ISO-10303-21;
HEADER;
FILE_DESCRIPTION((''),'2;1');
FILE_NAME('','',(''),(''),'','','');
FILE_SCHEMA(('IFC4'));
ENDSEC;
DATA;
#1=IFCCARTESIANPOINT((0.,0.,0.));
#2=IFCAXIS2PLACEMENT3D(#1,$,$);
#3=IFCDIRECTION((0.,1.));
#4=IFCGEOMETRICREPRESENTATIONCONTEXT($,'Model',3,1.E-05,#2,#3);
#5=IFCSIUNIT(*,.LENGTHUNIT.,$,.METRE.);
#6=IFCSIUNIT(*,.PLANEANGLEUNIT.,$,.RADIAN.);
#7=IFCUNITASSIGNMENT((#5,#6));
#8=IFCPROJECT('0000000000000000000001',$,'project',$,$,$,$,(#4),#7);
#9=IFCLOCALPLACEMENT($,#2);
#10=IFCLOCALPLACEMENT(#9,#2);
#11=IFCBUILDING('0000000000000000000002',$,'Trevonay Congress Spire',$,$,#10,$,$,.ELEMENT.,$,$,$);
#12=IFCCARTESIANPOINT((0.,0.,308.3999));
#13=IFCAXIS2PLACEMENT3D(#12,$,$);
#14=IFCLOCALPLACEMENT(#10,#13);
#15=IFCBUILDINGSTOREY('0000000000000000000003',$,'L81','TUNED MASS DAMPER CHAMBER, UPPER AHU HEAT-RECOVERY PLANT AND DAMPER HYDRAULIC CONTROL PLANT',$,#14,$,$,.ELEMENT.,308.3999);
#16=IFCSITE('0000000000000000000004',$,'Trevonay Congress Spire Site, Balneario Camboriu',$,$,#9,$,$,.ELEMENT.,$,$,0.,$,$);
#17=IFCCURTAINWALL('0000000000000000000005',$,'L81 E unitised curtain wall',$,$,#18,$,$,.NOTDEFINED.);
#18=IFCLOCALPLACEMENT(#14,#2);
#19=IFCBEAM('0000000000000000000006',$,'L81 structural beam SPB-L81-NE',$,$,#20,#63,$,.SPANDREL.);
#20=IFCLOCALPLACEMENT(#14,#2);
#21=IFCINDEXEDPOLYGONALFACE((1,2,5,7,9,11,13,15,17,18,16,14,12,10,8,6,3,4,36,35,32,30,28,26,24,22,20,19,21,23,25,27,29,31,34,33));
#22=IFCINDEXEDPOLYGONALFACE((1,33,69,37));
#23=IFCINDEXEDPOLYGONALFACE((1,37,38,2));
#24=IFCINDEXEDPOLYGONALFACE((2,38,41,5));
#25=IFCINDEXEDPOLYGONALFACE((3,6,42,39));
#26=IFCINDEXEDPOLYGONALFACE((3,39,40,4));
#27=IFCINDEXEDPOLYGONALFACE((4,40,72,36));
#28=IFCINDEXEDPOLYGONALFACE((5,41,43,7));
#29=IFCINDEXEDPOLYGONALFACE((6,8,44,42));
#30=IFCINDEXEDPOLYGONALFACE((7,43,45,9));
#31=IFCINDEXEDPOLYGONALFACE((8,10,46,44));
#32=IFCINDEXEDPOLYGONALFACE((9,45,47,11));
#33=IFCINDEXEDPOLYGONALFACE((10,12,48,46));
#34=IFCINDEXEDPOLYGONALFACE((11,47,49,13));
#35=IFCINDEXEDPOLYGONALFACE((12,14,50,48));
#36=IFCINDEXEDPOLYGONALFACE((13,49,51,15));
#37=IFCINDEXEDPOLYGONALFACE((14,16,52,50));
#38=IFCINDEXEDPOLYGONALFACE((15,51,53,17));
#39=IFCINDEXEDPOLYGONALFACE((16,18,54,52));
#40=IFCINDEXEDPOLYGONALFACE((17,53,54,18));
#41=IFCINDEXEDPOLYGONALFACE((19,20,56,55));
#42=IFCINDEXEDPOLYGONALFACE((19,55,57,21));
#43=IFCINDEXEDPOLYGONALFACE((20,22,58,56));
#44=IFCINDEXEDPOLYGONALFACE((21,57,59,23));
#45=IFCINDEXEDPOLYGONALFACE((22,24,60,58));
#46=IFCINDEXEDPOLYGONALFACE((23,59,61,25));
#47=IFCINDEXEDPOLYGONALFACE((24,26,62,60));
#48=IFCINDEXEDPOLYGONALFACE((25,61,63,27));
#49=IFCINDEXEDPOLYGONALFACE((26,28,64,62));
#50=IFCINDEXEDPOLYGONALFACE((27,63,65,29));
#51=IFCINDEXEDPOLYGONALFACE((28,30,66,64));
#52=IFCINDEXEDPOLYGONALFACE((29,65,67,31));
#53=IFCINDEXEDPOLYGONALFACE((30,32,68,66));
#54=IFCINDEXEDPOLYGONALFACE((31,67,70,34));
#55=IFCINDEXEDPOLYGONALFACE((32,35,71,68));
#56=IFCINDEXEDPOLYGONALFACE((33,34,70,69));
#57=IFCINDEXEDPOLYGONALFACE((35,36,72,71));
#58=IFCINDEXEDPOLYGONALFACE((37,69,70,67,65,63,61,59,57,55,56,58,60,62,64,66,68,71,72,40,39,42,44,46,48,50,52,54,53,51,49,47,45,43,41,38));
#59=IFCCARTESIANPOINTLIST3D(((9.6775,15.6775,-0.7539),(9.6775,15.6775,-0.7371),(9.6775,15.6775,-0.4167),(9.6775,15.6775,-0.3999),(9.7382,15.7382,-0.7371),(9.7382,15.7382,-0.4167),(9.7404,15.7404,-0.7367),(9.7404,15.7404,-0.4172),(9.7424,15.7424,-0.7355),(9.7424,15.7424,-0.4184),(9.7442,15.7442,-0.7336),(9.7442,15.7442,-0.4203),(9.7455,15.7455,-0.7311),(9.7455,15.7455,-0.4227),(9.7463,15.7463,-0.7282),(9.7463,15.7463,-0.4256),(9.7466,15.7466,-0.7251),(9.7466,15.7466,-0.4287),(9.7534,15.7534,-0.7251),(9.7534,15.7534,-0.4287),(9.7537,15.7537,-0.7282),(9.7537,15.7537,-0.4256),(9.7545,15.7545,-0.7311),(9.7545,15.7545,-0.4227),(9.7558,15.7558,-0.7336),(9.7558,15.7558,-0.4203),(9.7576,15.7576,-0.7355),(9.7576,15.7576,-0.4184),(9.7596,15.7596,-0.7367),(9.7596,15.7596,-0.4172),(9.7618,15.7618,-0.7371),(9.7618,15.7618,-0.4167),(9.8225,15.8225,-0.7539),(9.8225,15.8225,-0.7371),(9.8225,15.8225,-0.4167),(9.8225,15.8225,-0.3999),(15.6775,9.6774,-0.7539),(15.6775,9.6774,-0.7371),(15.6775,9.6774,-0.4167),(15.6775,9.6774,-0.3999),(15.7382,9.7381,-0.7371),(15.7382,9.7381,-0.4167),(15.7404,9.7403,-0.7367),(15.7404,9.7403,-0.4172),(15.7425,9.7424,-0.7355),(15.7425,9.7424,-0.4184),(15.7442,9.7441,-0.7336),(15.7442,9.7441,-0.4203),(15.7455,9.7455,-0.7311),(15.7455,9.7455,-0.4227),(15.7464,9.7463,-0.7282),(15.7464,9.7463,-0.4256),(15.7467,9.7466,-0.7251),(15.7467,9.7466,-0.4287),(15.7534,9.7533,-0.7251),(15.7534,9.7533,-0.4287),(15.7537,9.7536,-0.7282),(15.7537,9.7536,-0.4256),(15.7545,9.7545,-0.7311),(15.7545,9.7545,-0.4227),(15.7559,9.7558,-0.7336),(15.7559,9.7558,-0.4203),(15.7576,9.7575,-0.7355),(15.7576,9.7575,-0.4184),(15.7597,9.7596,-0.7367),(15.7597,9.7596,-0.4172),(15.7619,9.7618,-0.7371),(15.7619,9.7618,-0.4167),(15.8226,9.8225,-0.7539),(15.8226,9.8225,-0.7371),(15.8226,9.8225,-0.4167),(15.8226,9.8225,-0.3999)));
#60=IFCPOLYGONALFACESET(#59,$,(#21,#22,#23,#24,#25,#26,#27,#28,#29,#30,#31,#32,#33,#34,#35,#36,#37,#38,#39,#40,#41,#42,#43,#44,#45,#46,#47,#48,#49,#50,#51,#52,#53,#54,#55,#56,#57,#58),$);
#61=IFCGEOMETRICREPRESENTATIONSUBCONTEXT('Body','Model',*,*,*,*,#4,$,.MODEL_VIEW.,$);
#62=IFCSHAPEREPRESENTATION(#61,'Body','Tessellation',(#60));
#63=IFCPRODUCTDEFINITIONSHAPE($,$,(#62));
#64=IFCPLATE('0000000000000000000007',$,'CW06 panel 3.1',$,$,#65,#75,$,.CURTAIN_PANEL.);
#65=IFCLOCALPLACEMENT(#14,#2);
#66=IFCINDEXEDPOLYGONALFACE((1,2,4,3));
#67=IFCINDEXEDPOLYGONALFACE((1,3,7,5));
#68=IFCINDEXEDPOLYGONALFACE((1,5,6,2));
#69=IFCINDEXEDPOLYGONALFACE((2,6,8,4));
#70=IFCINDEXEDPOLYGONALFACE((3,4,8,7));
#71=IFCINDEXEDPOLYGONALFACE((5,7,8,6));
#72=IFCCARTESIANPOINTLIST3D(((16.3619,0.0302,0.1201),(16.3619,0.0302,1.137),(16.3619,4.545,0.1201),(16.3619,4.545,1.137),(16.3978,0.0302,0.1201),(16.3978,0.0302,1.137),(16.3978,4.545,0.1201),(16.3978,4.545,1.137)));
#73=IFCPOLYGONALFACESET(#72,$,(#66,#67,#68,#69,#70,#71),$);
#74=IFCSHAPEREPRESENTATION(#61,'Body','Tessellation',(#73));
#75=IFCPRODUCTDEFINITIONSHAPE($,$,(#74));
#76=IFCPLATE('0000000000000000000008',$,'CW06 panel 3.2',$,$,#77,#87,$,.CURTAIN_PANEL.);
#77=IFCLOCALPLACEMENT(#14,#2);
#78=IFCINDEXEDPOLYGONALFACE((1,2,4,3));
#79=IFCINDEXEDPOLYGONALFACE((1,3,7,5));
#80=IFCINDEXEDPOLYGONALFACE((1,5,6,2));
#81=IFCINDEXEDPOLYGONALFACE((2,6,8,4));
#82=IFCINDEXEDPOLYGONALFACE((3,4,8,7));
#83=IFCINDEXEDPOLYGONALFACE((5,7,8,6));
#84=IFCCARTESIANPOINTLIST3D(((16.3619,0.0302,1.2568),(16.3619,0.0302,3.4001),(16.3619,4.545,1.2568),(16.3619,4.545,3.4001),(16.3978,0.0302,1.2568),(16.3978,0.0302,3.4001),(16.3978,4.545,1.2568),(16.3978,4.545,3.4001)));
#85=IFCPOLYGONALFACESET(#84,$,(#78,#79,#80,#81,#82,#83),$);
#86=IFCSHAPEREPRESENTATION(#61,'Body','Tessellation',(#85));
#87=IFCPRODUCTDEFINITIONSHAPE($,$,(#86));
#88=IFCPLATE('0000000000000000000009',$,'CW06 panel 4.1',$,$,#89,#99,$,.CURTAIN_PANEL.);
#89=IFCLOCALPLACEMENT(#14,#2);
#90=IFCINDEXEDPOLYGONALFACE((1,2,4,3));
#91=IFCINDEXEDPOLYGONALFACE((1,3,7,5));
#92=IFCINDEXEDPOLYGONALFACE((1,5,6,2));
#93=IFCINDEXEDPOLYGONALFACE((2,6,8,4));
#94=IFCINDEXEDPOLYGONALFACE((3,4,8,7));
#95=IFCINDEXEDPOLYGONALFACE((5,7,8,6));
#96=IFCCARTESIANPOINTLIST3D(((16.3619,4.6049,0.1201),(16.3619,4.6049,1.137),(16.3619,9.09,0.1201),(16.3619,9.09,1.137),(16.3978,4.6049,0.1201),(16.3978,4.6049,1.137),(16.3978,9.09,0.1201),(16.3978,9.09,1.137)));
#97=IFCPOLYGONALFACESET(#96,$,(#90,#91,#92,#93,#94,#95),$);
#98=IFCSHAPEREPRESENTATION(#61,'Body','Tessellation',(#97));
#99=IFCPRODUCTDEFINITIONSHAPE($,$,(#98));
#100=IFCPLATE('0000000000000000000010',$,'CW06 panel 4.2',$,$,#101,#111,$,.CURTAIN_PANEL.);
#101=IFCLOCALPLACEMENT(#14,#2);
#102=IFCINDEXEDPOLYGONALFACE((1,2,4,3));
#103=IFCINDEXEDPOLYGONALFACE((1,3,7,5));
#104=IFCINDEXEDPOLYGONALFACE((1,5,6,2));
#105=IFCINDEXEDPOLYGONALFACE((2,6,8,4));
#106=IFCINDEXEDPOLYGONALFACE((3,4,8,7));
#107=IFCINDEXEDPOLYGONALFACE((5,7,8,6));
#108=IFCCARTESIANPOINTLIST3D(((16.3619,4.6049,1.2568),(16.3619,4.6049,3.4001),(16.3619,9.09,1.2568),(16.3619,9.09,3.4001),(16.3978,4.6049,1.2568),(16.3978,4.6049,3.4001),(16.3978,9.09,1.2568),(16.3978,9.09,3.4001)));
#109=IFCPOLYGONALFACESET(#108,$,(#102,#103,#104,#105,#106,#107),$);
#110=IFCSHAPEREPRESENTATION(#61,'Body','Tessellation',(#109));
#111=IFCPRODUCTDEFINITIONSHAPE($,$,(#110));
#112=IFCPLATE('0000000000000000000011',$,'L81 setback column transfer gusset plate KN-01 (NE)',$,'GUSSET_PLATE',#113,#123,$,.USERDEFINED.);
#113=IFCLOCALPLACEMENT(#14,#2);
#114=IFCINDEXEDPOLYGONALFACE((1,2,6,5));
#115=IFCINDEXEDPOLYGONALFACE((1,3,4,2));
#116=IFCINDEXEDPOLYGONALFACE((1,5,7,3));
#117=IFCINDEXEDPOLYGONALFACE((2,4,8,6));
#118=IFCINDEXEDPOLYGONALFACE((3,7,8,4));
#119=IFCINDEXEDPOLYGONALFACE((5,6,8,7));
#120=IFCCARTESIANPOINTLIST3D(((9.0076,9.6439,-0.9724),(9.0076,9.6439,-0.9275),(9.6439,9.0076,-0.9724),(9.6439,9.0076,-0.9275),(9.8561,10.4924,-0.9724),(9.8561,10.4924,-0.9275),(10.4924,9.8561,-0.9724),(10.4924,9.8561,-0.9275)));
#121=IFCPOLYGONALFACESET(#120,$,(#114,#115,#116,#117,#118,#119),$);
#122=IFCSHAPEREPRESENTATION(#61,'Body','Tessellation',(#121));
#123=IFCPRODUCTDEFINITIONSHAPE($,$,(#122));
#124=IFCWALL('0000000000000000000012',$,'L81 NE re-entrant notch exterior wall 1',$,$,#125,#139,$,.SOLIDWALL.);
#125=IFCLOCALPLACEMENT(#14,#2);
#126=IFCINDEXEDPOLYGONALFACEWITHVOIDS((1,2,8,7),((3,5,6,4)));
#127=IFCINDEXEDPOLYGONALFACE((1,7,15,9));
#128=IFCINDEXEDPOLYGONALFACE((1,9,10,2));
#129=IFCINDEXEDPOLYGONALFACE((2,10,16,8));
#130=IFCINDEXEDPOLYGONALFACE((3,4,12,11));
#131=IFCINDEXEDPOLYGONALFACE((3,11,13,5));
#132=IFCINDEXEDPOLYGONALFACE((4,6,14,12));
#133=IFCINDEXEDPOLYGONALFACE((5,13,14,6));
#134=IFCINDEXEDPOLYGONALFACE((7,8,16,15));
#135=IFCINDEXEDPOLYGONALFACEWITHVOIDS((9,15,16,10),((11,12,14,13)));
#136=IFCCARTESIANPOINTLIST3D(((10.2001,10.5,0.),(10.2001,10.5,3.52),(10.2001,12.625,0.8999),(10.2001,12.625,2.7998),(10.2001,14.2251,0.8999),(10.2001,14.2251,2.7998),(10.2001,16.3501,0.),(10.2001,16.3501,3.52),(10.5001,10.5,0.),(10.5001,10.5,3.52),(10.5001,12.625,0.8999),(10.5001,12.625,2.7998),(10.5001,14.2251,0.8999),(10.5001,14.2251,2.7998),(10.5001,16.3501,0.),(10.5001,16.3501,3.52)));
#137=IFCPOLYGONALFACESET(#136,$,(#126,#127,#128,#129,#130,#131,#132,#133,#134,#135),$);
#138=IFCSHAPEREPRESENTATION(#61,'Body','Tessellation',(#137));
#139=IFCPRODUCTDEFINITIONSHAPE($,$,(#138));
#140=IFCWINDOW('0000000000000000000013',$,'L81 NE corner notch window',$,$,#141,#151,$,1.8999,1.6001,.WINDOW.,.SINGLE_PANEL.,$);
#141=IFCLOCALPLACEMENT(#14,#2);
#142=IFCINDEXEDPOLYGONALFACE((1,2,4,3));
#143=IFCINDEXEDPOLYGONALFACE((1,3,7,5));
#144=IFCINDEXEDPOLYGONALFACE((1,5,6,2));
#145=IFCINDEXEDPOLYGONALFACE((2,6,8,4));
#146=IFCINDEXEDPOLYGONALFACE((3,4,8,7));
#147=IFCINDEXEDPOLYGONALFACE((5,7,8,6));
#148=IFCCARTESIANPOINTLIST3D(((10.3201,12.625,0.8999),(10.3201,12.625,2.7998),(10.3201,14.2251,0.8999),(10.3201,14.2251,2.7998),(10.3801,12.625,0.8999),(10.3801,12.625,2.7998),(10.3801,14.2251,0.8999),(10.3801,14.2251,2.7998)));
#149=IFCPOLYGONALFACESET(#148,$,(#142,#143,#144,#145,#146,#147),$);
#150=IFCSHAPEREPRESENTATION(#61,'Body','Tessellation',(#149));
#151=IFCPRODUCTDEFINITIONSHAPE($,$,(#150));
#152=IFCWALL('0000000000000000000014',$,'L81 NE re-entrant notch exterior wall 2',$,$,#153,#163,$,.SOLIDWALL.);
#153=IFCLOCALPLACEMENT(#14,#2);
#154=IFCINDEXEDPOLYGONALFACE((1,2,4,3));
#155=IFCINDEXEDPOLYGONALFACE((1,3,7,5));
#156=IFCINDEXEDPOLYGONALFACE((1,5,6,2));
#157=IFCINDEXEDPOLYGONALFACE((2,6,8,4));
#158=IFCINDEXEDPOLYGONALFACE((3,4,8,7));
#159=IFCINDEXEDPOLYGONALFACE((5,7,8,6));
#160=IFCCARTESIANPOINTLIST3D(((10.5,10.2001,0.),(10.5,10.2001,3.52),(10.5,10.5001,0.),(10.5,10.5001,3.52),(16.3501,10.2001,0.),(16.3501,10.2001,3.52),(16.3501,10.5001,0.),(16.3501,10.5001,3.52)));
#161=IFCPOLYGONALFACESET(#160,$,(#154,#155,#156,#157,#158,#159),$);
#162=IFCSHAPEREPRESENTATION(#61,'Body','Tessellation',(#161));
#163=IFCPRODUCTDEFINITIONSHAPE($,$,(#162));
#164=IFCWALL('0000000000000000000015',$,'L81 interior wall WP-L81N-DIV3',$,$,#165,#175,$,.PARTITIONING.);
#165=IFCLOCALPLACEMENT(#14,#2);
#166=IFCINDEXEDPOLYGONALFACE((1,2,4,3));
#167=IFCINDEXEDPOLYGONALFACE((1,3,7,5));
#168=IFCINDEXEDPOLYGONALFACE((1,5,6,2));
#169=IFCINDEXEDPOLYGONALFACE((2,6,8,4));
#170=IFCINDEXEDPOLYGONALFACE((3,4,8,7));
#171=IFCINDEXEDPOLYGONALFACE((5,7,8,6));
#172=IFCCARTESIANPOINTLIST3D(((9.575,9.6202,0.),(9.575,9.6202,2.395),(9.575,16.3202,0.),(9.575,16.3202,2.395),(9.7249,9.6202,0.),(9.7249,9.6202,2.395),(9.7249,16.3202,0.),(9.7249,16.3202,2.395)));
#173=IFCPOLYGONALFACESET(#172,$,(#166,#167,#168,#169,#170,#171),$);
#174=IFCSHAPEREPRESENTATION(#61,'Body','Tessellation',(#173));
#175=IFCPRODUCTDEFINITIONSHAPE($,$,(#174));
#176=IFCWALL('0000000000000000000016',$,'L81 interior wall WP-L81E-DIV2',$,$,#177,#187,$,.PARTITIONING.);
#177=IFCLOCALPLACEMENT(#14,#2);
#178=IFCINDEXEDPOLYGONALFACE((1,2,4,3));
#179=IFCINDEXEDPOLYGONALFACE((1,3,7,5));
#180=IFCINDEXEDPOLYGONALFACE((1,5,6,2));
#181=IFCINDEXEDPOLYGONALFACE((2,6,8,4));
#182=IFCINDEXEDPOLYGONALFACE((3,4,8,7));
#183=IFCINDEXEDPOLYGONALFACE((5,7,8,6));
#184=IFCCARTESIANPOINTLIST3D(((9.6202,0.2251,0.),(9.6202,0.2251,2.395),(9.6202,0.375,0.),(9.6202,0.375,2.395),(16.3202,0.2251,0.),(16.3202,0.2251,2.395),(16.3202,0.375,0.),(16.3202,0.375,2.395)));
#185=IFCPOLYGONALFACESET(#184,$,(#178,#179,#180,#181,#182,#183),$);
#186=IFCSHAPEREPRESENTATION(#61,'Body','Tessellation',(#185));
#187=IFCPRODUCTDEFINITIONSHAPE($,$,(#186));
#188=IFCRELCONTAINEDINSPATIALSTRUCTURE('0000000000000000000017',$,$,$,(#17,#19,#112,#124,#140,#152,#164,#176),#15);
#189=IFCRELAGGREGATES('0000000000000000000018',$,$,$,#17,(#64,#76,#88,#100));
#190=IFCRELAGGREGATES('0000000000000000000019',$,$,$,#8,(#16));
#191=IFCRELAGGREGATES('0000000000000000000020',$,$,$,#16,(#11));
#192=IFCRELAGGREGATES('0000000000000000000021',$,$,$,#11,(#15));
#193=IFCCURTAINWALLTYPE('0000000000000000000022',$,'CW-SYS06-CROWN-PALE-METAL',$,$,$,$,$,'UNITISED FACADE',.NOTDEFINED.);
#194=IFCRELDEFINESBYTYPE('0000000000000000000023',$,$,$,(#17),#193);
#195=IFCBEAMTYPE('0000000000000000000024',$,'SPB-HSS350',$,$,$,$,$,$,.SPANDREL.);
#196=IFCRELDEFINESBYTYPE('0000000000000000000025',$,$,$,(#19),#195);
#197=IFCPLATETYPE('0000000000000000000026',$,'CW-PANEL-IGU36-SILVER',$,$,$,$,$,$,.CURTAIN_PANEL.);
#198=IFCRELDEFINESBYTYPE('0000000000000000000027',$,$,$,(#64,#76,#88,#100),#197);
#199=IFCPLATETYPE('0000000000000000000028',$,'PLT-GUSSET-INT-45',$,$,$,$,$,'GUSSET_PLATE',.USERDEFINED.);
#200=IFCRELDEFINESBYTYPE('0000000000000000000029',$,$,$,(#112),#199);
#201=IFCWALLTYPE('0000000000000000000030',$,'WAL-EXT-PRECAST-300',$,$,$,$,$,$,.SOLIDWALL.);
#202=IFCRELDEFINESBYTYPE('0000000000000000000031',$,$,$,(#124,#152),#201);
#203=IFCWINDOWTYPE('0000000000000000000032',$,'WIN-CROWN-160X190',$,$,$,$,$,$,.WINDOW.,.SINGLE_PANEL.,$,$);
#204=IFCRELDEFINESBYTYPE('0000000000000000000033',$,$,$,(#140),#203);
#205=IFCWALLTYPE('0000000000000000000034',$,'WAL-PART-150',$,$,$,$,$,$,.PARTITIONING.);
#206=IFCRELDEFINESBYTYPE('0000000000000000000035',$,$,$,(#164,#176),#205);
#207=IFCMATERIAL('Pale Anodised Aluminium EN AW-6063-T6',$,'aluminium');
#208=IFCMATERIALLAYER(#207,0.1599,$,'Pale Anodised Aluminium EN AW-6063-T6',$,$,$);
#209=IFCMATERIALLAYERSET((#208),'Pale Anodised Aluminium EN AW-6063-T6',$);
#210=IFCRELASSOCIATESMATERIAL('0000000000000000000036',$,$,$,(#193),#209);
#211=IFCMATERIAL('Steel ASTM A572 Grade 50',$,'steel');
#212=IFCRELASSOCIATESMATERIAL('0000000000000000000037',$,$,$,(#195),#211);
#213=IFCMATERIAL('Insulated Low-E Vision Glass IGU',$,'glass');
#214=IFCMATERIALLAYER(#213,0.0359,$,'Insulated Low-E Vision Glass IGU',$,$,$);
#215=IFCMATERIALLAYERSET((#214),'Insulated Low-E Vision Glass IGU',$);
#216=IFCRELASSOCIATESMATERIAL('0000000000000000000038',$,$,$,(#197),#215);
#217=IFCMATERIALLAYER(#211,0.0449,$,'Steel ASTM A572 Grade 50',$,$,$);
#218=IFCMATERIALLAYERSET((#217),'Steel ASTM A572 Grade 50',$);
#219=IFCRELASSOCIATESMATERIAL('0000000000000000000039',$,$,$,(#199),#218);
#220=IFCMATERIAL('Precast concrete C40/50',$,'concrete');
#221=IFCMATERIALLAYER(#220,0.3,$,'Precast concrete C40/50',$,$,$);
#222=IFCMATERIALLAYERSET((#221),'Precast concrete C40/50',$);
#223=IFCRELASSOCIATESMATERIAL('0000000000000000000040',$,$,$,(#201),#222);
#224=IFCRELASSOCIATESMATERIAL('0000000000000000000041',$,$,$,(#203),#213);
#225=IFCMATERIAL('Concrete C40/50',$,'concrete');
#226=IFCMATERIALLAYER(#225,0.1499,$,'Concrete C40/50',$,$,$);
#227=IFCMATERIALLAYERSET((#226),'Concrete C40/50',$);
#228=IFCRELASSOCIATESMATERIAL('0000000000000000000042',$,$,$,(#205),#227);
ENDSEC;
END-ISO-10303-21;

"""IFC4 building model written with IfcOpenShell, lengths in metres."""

from ifc_helpers import new_model, si_unit, direction, frame, frame_2d, origin, origin_2d, place, context, subcontext, project, spatial, rectangle, i_section, extrude, material, layer, layer_set, material_profile, profile_set, type_object, element, fill, aggregate, save


model = new_model("IFC4")

# Units and contexts
model_context = context("Model", 3, precision=1e-05, world=origin(), true_north=direction((0.0, 1.0)))
body_context = subcontext(model_context, "Body", "Model", "MODEL_VIEW")
ifc_project = project(units=[si_unit("LENGTHUNIT", "METRE"), si_unit("PLANEANGLEUNIT", "RADIAN")], contexts=[model_context])

# Site, building, storey
site_placement = place(None, origin())
site = spatial("IfcSite", under=ifc_project, at=site_placement, Name="Trevonay Congress Spire Site, Balneario Camboriu", CompositionType="ELEMENT", RefElevation=0.0)
building_placement = place(site_placement, origin())
building = spatial("IfcBuilding", under=site, at=building_placement, Name="Trevonay Congress Spire", CompositionType="ELEMENT")
storey_placement = place(building_placement, frame((0.0, 0.0, 308.3999)))
storey = spatial("IfcBuildingStorey", under=building, at=storey_placement, Name="L81", Description="TUNED MASS DAMPER CHAMBER, UPPER AHU HEAT-RECOVERY PLANT AND DAMPER HYDRAULIC CONTROL PLANT", CompositionType="ELEMENT", Elevation=308.3999)

# Shared definitions
ifc_material_1 = material(Name="Steel ASTM A572 Grade 50", Category="steel")

# Shared definitions
ifc_material_2 = material(Name="Pale Anodised Aluminium EN AW-6063-T6", Category="aluminium")
ifc_layer_1 = layer(ifc_material_2, 0.1599, Name="Pale Anodised Aluminium EN AW-6063-T6")
ifc_layer_set_1 = layer_set([ifc_layer_1], Name="Pale Anodised Aluminium EN AW-6063-T6")
curtain_wall_type = type_object("IfcCurtainWallType", Name="CW-SYS06-CROWN-PALE-METAL", ElementType="UNITISED FACADE", PredefinedType="NOTDEFINED", material=ifc_layer_set_1)

# Curtain wall
curtain_wall_1_placement = place(storey_placement, origin())
curtain_wall_1 = element("IfcCurtainWall", 1, at=curtain_wall_1_placement, inside=storey, type_object=curtain_wall_type, Name="L81 E unitised curtain wall", PredefinedType="NOTDEFINED")

# Beam
ifc_material_profile_1 = material_profile(ifc_material_1, i_section(OverallWidth=0.2051, OverallDepth=0.354, WebThickness=0.0095, FlangeThickness=0.0168, FilletRadius=0.012, at=origin_2d()), Name="W360x79")
ifc_profile_set_1 = profile_set([ifc_material_profile_1], Name="Steel ASTM A572 Grade 50")
beam_type_1 = type_object("IfcBeamType", Name="SPB-HSS350", PredefinedType="SPANDREL", material=ifc_profile_set_1)
beam_1_placement = place(storey_placement, frame((9.75, 15.75, -0.5769), z_axis=(0.707107, -0.707107, 0.0), x_axis=(0.707107, 0.707107, 0.0)))
element("IfcBeam", 2, at=beam_1_placement, inside=storey, type_object=beam_type_1, Name="L81 structural beam SPB-L81-NE", PredefinedType="SPANDREL", context=body_context, shape_type="SweptSolid", body=[
    extrude(i_section(OverallWidth=0.2051, OverallDepth=0.354, WebThickness=0.0095, FlangeThickness=0.0168, FilletRadius=0.012, at=origin_2d()), origin(), (0.0, 0.0, 1.0), 8.4854),
])

# Plates
ifc_material_3 = material(Name="Insulated Low-E Vision Glass IGU", Category="glass")
ifc_layer_2 = layer(ifc_material_3, 0.0359, Name="Insulated Low-E Vision Glass IGU")
ifc_layer_set_2 = layer_set([ifc_layer_2], Name="Insulated Low-E Vision Glass IGU")
plate_type_1 = type_object("IfcPlateType", Name="CW-PANEL-IGU36-SILVER", PredefinedType="CURTAIN_PANEL", material=ifc_layer_set_2)
plate_1_placement = place(storey_placement, frame((16.3799, 2.2876, 0.1201), z_axis=(0.0, 0.0, 1.0), x_axis=(0.0, 1.0, 0.0)))
plate_1 = element("IfcPlate", 3, at=plate_1_placement, type_object=plate_type_1, Name="CW06 panel 3.1", PredefinedType="CURTAIN_PANEL", context=body_context, shape_type="SweptSolid", body=[
    extrude(rectangle(XDim=4.5149, YDim=0.0359, at=origin_2d()), origin(), (0.0, 0.0, 1.0), 1.0168),
])
plate_2_placement = place(storey_placement, frame((16.3799, 2.2876, 1.2568), z_axis=(0.0, 0.0, 1.0), x_axis=(0.0, 1.0, 0.0)))
plate_2 = element("IfcPlate", 4, at=plate_2_placement, type_object=plate_type_1, Name="CW06 panel 3.2", PredefinedType="CURTAIN_PANEL", context=body_context, shape_type="SweptSolid", body=[
    extrude(rectangle(XDim=4.5149, YDim=0.0359, at=origin_2d()), origin(), (0.0, 0.0, 1.0), 2.1433),
])
plate_3_placement = place(storey_placement, frame((16.3799, 6.8474, 0.1201), z_axis=(0.0, 0.0, 1.0), x_axis=(0.0, 1.0, 0.0)))
plate_3 = element("IfcPlate", 5, at=plate_3_placement, type_object=plate_type_1, Name="CW06 panel 4.1", PredefinedType="CURTAIN_PANEL", context=body_context, shape_type="SweptSolid", body=[
    extrude(rectangle(XDim=4.4851, YDim=0.0359, at=origin_2d()), origin(), (0.0, 0.0, 1.0), 1.0168),
])
plate_4_placement = place(storey_placement, frame((16.3799, 6.8474, 1.2568), z_axis=(0.0, 0.0, 1.0), x_axis=(0.0, 1.0, 0.0)))
plate_4 = element("IfcPlate", 6, at=plate_4_placement, type_object=plate_type_1, Name="CW06 panel 4.2", PredefinedType="CURTAIN_PANEL", context=body_context, shape_type="SweptSolid", body=[
    extrude(rectangle(XDim=4.4851, YDim=0.0359, at=origin_2d()), origin(), (0.0, 0.0, 1.0), 2.1433),
])
aggregate(curtain_wall_1, [plate_1, plate_2, plate_3, plate_4])
ifc_layer_3 = layer(ifc_material_1, 0.0449, Name="Steel ASTM A572 Grade 50")
ifc_layer_set_3 = layer_set([ifc_layer_3], Name="Steel ASTM A572 Grade 50")
plate_type_2 = type_object("IfcPlateType", Name="PLT-GUSSET-INT-45", ElementType="GUSSET_PLATE", PredefinedType="USERDEFINED", material=ifc_layer_set_3)
plate_5_placement = place(storey_placement, frame((9.75, 9.75, -0.9724), z_axis=(0.0, 0.0, 1.0), x_axis=(0.707107, 0.707107, 0.0)))
element("IfcPlate", 7, at=plate_5_placement, inside=storey, type_object=plate_type_2, Name="L81 setback column transfer gusset plate KN-01 (NE)", ObjectType="GUSSET_PLATE", PredefinedType="USERDEFINED", context=body_context, shape_type="SweptSolid", body=[
    extrude(rectangle(XDim=1.2, YDim=0.8999, at=origin_2d()), origin(), (0.0, 0.0, 1.0), 0.0449),
])

# Wall, opening, window
ifc_material_4 = material(Name="Precast concrete C40/50", Category="concrete")
ifc_layer_4 = layer(ifc_material_4, 0.3, Name="Precast concrete C40/50")
ifc_layer_set_4 = layer_set([ifc_layer_4], Name="Precast concrete C40/50")
wall_type_1 = type_object("IfcWallType", Name="WAL-EXT-PRECAST-300", PredefinedType="SOLIDWALL", material=ifc_layer_set_4)
wall_1_placement = place(storey_placement, frame((10.3501, 16.3501, 0.0), z_axis=(0.0, 0.0, 1.0), x_axis=(0.0, -1.0, 0.0)))
wall_1 = element("IfcWall", 8, at=wall_1_placement, inside=storey, type_object=wall_type_1, Name="L81 NE re-entrant notch exterior wall 1", PredefinedType="SOLIDWALL", context=body_context, shape_type="SweptSolid", body=[
    extrude(rectangle(XDim=5.8501, YDim=0.3, at=frame_2d((2.925, 0.0))), origin(), (0.0, 0.0, 1.0), 3.52),
])
opening_placement = place(wall_1_placement, frame((2.125, 0.0, 0.8999)))
opening = element("IfcOpeningElement", 9, at=opening_placement, cuts=wall_1, PredefinedType="OPENING", context=body_context, shape_type="SweptSolid", body=[
    extrude(rectangle(XDim=1.6001, YDim=1.8999, at=frame_2d((0.8, 0.95))), frame((0.0, 0.1602, 0.0), z_axis=(0.0, -1.0, 0.0), x_axis=(1.0, 0.0, 0.0)), (0.0, 0.0, 1.0), 0.3201),
])
window_type = type_object("IfcWindowType", Name="WIN-CROWN-160X190", PartitioningType="SINGLE_PANEL", PredefinedType="WINDOW", material=ifc_material_3)
window_placement = place(opening_placement, origin())
window = element("IfcWindow", 10, at=window_placement, inside=storey, type_object=window_type, Name="L81 NE corner notch window", OverallHeight=1.8999, OverallWidth=1.6001, PartitioningType="SINGLE_PANEL", PredefinedType="WINDOW", context=body_context, shape_type="SweptSolid", body=[
    extrude(rectangle(XDim=1.6001, YDim=1.8999, at=frame_2d((0.8, 0.95))), frame((0.0, 0.03, 0.0), z_axis=(0.0, -1.0, 0.0), x_axis=(1.0, 0.0, 0.0)), (0.0, 0.0, 1.0), 0.0601),
])
fill(opening, window)

# Walls
wall_2_placement = place(storey_placement, frame((16.3501, 10.3501, 0.0), z_axis=(0.0, 0.0, 1.0), x_axis=(-1.0, 0.0, 0.0)))
element("IfcWall", 11, at=wall_2_placement, inside=storey, type_object=wall_type_1, Name="L81 NE re-entrant notch exterior wall 2", PredefinedType="SOLIDWALL", context=body_context, shape_type="SweptSolid", body=[
    extrude(rectangle(XDim=5.8501, YDim=0.3, at=frame_2d((2.925, 0.0))), origin(), (0.0, 0.0, 1.0), 3.52),
])
ifc_material_5 = material(Name="Concrete C40/50", Category="concrete")
ifc_layer_5 = layer(ifc_material_5, 0.1499, Name="Concrete C40/50")
ifc_layer_set_5 = layer_set([ifc_layer_5], Name="Concrete C40/50")
wall_type_2 = type_object("IfcWallType", Name="WAL-PART-150", PredefinedType="PARTITIONING", material=ifc_layer_set_5)
for number, where, z_axis, x_axis, name in (
    (12, (9.6499, 9.6201, 0.0), (0.0, 0.0, 1.0), (0.0, 1.0, 0.0), "L81 interior wall WP-L81N-DIV3"),
    (13, (9.6201, 0.3, 0.0), (0.0, 0.0, 1.0), (1.0, 0.0, 0.0), "L81 interior wall WP-L81E-DIV2"),
):
    element("IfcWall", number, at=place(storey_placement, frame(where, z_axis=z_axis, x_axis=x_axis)), inside=storey, type_object=wall_type_2, Name=name, PredefinedType="PARTITIONING", context=body_context, shape_type="SweptSolid", body=[
        extrude(rectangle(XDim=6.7, YDim=0.1499, at=frame_2d((3.3501, 0.0))), origin(), (0.0, 0.0, 1.0), 2.395),
    ])

save(model, "model.ifc")
